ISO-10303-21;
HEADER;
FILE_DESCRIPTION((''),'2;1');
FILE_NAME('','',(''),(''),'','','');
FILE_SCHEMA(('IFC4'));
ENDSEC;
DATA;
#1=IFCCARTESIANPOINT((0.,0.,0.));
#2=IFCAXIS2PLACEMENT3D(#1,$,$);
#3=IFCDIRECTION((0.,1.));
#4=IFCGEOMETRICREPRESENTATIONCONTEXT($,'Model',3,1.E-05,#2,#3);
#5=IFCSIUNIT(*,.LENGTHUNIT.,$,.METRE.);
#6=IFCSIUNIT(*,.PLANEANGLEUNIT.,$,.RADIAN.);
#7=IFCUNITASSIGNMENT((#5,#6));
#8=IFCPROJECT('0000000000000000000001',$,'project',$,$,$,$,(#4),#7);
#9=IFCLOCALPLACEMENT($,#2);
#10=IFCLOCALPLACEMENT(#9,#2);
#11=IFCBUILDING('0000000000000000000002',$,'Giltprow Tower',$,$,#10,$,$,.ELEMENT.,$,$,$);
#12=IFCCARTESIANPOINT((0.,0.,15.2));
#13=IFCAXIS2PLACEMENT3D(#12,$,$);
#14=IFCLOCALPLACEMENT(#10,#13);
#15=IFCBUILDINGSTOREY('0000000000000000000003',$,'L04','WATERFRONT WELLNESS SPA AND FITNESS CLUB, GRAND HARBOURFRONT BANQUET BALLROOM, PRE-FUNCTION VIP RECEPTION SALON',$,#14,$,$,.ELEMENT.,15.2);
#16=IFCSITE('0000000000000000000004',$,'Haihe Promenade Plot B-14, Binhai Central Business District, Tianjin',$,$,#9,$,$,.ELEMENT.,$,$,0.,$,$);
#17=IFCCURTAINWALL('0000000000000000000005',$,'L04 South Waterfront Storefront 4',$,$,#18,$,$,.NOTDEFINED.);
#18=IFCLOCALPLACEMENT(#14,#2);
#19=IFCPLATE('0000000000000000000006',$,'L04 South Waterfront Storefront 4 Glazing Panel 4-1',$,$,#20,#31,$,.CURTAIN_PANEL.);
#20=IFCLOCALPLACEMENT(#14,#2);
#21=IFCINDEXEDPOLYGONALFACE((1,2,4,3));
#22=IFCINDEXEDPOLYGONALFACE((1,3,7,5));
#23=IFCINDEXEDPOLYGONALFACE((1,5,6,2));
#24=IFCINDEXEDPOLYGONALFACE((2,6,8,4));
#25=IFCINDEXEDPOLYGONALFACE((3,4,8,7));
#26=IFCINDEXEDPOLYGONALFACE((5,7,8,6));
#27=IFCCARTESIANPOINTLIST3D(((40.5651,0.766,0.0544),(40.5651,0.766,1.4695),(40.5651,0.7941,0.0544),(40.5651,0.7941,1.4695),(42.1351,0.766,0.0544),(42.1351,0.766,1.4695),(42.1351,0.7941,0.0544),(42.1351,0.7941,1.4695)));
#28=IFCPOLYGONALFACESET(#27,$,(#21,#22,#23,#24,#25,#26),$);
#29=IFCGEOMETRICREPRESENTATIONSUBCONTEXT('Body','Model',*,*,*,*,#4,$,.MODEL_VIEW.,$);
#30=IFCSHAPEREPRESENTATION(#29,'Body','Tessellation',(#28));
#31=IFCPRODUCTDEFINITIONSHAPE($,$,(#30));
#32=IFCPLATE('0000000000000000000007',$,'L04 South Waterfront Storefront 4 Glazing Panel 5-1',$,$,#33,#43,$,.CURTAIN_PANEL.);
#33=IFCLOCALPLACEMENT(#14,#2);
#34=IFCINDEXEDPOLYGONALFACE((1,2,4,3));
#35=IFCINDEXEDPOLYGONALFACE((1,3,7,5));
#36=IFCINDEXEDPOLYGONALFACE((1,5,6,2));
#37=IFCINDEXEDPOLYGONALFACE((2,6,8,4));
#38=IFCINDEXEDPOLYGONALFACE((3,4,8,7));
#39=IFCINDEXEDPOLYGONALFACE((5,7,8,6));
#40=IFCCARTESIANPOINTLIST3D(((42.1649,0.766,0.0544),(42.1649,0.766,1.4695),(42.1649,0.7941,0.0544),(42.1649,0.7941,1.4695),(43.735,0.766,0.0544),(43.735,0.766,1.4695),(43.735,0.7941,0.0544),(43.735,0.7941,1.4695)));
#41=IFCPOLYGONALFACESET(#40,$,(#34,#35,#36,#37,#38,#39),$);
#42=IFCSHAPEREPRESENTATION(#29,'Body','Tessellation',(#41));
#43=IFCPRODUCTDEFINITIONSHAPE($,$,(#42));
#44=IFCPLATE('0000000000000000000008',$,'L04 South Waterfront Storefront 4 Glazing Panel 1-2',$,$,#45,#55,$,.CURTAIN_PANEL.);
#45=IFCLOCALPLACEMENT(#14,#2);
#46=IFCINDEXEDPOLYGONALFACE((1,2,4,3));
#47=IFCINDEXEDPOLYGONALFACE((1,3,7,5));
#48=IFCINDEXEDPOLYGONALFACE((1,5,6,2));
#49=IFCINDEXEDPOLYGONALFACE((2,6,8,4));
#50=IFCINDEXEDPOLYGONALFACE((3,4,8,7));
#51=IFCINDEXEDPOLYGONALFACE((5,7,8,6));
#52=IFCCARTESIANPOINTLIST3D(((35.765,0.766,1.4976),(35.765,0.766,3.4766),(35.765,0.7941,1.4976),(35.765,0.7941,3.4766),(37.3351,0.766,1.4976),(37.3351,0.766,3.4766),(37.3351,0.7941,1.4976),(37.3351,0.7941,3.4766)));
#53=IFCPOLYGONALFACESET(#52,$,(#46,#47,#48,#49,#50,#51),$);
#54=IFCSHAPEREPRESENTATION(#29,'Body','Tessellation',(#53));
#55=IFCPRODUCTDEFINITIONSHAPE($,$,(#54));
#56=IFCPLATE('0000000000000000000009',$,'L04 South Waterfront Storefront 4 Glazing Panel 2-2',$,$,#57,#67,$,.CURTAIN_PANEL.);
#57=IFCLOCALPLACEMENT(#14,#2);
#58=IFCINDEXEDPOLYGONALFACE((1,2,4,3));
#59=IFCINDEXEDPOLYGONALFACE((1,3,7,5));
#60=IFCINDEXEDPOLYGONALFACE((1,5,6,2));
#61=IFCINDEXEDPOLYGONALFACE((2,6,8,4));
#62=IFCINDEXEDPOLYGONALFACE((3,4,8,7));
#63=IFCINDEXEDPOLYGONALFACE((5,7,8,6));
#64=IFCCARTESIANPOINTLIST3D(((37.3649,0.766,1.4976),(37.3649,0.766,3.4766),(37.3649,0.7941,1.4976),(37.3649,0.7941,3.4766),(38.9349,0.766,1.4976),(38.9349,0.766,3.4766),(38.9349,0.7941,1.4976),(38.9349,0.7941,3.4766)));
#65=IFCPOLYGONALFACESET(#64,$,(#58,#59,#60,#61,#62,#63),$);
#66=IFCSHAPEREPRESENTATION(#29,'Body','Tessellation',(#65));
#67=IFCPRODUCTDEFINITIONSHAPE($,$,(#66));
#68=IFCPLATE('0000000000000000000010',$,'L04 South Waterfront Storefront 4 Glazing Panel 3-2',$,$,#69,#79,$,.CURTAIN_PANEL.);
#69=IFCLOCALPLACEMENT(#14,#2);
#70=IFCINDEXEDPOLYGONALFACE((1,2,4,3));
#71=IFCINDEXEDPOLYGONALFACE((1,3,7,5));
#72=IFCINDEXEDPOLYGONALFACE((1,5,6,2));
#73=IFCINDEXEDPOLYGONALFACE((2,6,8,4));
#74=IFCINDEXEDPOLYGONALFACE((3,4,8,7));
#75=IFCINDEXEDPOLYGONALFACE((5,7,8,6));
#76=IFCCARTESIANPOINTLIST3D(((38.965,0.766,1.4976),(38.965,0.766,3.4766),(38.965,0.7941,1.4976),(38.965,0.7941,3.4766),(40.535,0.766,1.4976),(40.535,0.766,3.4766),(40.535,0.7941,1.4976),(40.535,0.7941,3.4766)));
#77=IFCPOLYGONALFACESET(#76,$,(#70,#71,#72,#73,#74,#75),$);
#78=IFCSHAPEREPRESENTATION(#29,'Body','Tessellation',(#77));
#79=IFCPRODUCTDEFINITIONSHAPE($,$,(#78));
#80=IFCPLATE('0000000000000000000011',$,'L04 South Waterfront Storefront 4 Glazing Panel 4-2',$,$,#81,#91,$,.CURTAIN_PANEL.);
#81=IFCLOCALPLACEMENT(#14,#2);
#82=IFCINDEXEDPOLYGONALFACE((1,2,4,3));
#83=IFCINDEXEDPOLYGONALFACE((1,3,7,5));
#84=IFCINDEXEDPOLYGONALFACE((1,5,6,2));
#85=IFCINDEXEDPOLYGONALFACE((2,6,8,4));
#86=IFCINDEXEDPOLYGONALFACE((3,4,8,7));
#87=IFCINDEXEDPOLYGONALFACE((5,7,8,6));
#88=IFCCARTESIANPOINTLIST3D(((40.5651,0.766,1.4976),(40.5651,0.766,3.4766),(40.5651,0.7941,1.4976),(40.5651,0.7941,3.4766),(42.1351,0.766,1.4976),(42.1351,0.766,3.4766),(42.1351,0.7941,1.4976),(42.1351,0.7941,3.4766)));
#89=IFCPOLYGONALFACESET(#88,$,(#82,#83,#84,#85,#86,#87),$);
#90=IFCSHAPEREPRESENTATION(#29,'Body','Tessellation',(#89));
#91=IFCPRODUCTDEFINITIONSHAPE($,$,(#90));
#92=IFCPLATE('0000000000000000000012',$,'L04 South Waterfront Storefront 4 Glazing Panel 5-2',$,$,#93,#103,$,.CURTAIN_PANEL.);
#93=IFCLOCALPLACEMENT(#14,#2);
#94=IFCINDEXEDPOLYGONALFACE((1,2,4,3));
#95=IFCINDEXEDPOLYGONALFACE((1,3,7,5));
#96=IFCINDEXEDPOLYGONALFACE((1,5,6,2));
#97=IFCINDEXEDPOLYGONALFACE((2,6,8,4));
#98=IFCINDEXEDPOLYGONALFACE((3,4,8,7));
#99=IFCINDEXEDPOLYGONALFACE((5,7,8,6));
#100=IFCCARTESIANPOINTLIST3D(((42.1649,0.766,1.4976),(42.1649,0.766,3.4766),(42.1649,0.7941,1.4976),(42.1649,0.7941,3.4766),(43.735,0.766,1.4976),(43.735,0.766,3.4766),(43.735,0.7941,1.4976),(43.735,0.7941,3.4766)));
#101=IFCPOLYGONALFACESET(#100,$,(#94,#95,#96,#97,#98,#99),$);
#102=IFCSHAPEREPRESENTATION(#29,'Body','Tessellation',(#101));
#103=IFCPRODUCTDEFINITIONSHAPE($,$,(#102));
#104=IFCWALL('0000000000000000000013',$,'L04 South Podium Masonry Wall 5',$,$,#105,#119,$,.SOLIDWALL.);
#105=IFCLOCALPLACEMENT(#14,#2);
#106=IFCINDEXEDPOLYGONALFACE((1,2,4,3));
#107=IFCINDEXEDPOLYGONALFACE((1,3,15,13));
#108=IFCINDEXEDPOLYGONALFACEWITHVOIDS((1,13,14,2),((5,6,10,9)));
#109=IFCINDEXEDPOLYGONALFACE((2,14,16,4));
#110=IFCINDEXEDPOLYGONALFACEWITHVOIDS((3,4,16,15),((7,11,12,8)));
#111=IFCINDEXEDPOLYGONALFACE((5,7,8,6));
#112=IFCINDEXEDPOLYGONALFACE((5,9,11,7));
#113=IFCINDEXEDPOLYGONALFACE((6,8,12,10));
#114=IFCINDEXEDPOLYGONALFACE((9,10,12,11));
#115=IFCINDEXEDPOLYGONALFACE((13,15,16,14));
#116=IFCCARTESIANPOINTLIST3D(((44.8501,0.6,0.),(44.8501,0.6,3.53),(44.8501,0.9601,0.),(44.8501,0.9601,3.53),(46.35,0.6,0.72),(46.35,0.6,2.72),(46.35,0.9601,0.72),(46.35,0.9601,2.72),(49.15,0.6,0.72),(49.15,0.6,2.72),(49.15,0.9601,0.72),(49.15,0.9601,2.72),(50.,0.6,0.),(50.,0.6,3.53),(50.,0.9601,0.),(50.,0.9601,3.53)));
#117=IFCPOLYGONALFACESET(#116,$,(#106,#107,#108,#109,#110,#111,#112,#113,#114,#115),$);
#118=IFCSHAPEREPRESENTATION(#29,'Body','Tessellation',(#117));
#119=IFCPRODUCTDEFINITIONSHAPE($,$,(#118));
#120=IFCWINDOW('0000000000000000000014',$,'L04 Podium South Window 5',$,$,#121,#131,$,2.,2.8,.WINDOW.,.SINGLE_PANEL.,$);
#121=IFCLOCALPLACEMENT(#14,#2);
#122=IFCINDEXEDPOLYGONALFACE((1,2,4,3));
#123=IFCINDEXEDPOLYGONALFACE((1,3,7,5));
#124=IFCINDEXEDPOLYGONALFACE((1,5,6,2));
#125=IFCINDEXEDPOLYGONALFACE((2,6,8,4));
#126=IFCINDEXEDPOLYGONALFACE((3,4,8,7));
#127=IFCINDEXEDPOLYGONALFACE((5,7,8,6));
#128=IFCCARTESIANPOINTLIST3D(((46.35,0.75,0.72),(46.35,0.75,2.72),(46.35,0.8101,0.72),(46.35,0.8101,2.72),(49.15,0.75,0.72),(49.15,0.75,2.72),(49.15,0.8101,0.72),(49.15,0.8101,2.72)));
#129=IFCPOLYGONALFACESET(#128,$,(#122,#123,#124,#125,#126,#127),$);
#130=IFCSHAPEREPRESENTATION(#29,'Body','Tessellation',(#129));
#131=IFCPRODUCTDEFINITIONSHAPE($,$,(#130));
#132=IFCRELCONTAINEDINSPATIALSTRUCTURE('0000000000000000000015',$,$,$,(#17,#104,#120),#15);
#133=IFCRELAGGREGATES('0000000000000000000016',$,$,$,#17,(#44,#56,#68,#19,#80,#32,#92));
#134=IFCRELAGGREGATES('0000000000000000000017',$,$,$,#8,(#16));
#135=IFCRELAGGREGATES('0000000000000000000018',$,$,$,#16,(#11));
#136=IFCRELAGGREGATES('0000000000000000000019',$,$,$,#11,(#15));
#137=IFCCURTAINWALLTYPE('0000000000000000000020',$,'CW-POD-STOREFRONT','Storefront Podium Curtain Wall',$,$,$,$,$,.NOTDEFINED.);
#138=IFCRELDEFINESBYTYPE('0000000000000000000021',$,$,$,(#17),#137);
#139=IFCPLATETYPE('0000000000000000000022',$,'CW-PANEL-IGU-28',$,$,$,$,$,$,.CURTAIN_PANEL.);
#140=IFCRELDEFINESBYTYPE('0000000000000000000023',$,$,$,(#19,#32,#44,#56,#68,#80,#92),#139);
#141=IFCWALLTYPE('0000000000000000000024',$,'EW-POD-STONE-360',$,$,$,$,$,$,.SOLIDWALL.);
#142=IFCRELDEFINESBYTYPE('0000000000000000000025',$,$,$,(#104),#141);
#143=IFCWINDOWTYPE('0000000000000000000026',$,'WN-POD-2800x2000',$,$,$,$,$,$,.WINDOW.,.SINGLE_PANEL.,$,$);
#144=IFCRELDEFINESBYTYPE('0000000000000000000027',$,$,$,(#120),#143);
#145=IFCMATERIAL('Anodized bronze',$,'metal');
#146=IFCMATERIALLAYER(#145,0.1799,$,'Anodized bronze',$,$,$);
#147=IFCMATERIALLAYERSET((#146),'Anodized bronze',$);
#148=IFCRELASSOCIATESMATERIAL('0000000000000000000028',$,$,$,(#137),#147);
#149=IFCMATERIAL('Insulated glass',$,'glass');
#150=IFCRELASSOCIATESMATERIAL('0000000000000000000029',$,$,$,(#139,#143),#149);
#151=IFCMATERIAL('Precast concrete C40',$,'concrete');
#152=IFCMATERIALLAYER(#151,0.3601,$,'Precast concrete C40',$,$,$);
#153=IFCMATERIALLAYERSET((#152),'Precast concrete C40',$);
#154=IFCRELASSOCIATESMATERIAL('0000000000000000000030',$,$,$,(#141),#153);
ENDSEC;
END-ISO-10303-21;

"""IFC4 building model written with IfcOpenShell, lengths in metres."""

from ifc_helpers import new_model, si_unit, direction, frame, frame_2d, origin, origin_2d, place, context, subcontext, project, spatial, rectangle, extrude, source, transform, mapped, material, layer, layer_set, type_object, element, fill, aggregate, save


model = new_model("IFC4")

# Units and contexts
model_context = context("Model", 3, precision=1e-05, world=origin(), true_north=direction((0.0, 1.0)))
body_context = subcontext(model_context, "Body", "Model", "MODEL_VIEW")
ifc_project = project(units=[si_unit("LENGTHUNIT", "METRE"), si_unit("PLANEANGLEUNIT", "RADIAN")], contexts=[model_context])

# Site, building, storey
site_placement = place(None, origin())
site = spatial("IfcSite", under=ifc_project, at=site_placement, Name="Haihe Promenade Plot B-14, Binhai Central Business District, Tianjin", CompositionType="ELEMENT", RefElevation=0.0)
building_placement = place(site_placement, origin())
building = spatial("IfcBuilding", under=site, at=building_placement, Name="Giltprow Tower", CompositionType="ELEMENT")
storey_placement = place(building_placement, frame((0.0, 0.0, 15.2)))
storey = spatial("IfcBuildingStorey", under=building, at=storey_placement, Name="L04", Description="WATERFRONT WELLNESS SPA AND FITNESS CLUB, GRAND HARBOURFRONT BANQUET BALLROOM, PRE-FUNCTION VIP RECEPTION SALON", CompositionType="ELEMENT", Elevation=15.2)

# Curtain wall
ifc_material_1 = material(Name="Anodized bronze", Category="metal")
ifc_layer_1 = layer(ifc_material_1, 0.1799, Name="Anodized bronze")
ifc_layer_set_1 = layer_set([ifc_layer_1], Name="Anodized bronze")
curtain_wall_type = type_object("IfcCurtainWallType", Name="CW-POD-STOREFRONT", Description="Storefront Podium Curtain Wall", PredefinedType="NOTDEFINED", material=ifc_layer_set_1)
curtain_wall_1_placement = place(storey_placement, origin())
curtain_wall_1 = element("IfcCurtainWall", 1, at=curtain_wall_1_placement, inside=storey, type_object=curtain_wall_type, Name="L04 South Waterfront Storefront 4", PredefinedType="NOTDEFINED")

# Plates
ifc_material_2 = material(Name="Insulated glass", Category="glass")
plate_type = type_object("IfcPlateType", Name="CW-PANEL-IGU-28", PredefinedType="CURTAIN_PANEL", material=ifc_material_2)
shared_shape_1 = source(origin(), body_context, "Body", "SweptSolid", [
    extrude(rectangle(XDim=1.5701, YDim=0.0281, at=origin_2d()), origin(), (0.0, 0.0, 1.0), 1.415),
])
plate_1_placement = place(storey_placement, frame((41.3501, 0.78, 0.0544), z_axis=(0.0, 0.0, 1.0), x_axis=(1.0, 0.0, 0.0)))
plate_1 = element("IfcPlate", 2, at=plate_1_placement, type_object=plate_type, Name="L04 South Waterfront Storefront 4 Glazing Panel 4-1", PredefinedType="CURTAIN_PANEL", context=body_context, shape_type="MappedRepresentation", body=[
    mapped(shared_shape_1, transform((0.0, 0.0, 0.0), x_axis=(1.0, 0.0, 0.0), y_axis=(0.0, 1.0, 0.0), z_axis=(0.0, 0.0, 1.0), scale=1.0)),
])
plate_2_placement = place(storey_placement, frame((42.95, 0.78, 0.0544), z_axis=(0.0, 0.0, 1.0), x_axis=(1.0, 0.0, 0.0)))
plate_2 = element("IfcPlate", 3, at=plate_2_placement, type_object=plate_type, Name="L04 South Waterfront Storefront 4 Glazing Panel 5-1", PredefinedType="CURTAIN_PANEL", context=body_context, shape_type="MappedRepresentation", body=[
    mapped(shared_shape_1, transform((0.0, 0.0, 0.0), x_axis=(1.0, 0.0, 0.0), y_axis=(0.0, 1.0, 0.0), z_axis=(0.0, 0.0, 1.0), scale=1.0)),
])
shared_shape_2 = source(origin(), body_context, "Body", "SweptSolid", [
    extrude(rectangle(XDim=1.5701, YDim=0.0281, at=origin_2d()), origin(), (0.0, 0.0, 1.0), 1.979),
])
plate_3_placement = place(storey_placement, frame((36.55, 0.78, 1.4976), z_axis=(0.0, 0.0, 1.0), x_axis=(1.0, 0.0, 0.0)))
plate_3 = element("IfcPlate", 4, at=plate_3_placement, type_object=plate_type, Name="L04 South Waterfront Storefront 4 Glazing Panel 1-2", PredefinedType="CURTAIN_PANEL", context=body_context, shape_type="MappedRepresentation", body=[
    mapped(shared_shape_2, transform((0.0, 0.0, 0.0), x_axis=(1.0, 0.0, 0.0), y_axis=(0.0, 1.0, 0.0), z_axis=(0.0, 0.0, 1.0), scale=1.0)),
])
plate_4_placement = place(storey_placement, frame((38.1499, 0.78, 1.4976), z_axis=(0.0, 0.0, 1.0), x_axis=(1.0, 0.0, 0.0)))
plate_4 = element("IfcPlate", 5, at=plate_4_placement, type_object=plate_type, Name="L04 South Waterfront Storefront 4 Glazing Panel 2-2", PredefinedType="CURTAIN_PANEL", context=body_context, shape_type="MappedRepresentation", body=[
    mapped(shared_shape_2, transform((0.0, 0.0, 0.0), x_axis=(1.0, 0.0, 0.0), y_axis=(0.0, 1.0, 0.0), z_axis=(0.0, 0.0, 1.0), scale=1.0)),
])
plate_5_placement = place(storey_placement, frame((39.75, 0.78, 1.4976), z_axis=(0.0, 0.0, 1.0), x_axis=(1.0, 0.0, 0.0)))
plate_5 = element("IfcPlate", 6, at=plate_5_placement, type_object=plate_type, Name="L04 South Waterfront Storefront 4 Glazing Panel 3-2", PredefinedType="CURTAIN_PANEL", context=body_context, shape_type="MappedRepresentation", body=[
    mapped(shared_shape_2, transform((0.0, 0.0, 0.0), x_axis=(1.0, 0.0, 0.0), y_axis=(0.0, 1.0, 0.0), z_axis=(0.0, 0.0, 1.0), scale=1.0)),
])
plate_6_placement = place(storey_placement, frame((41.3501, 0.78, 1.4976), z_axis=(0.0, 0.0, 1.0), x_axis=(1.0, 0.0, 0.0)))
plate_6 = element("IfcPlate", 7, at=plate_6_placement, type_object=plate_type, Name="L04 South Waterfront Storefront 4 Glazing Panel 4-2", PredefinedType="CURTAIN_PANEL", context=body_context, shape_type="MappedRepresentation", body=[
    mapped(shared_shape_2, transform((0.0, 0.0, 0.0), x_axis=(1.0, 0.0, 0.0), y_axis=(0.0, 1.0, 0.0), z_axis=(0.0, 0.0, 1.0), scale=1.0)),
])
plate_7_placement = place(storey_placement, frame((42.95, 0.78, 1.4976), z_axis=(0.0, 0.0, 1.0), x_axis=(1.0, 0.0, 0.0)))
plate_7 = element("IfcPlate", 8, at=plate_7_placement, type_object=plate_type, Name="L04 South Waterfront Storefront 4 Glazing Panel 5-2", PredefinedType="CURTAIN_PANEL", context=body_context, shape_type="MappedRepresentation", body=[
    mapped(shared_shape_2, transform((0.0, 0.0, 0.0), x_axis=(1.0, 0.0, 0.0), y_axis=(0.0, 1.0, 0.0), z_axis=(0.0, 0.0, 1.0), scale=1.0)),
])
aggregate(curtain_wall_1, [plate_3, plate_4, plate_5, plate_1, plate_6, plate_2, plate_7])

# Wall, opening, window
ifc_material_3 = material(Name="Precast concrete C40", Category="concrete")
ifc_layer_2 = layer(ifc_material_3, 0.3601, Name="Precast concrete C40")
ifc_layer_set_2 = layer_set([ifc_layer_2], Name="Precast concrete C40")
wall_type_1 = type_object("IfcWallType", Name="EW-POD-STONE-360", PredefinedType="SOLIDWALL", material=ifc_layer_set_2)
wall_1_placement = place(storey_placement, frame((44.8501, 0.78, 0.0), z_axis=(0.0, 0.0, 1.0), x_axis=(1.0, 0.0, 0.0)))
wall_1 = element("IfcWall", 9, at=wall_1_placement, inside=storey, type_object=wall_type_1, Name="L04 South Podium Masonry Wall 5", PredefinedType="SOLIDWALL", context=body_context, shape_type="SweptSolid", body=[
    extrude(rectangle(XDim=5.1499, YDim=0.3601, at=frame_2d((2.575, 0.0))), origin(), (0.0, 0.0, 1.0), 3.53),
])
opening_1_placement = place(wall_1_placement, frame((1.5, 0.0, 0.72)))
opening_1 = element("IfcOpeningElement", 10, at=opening_1_placement, cuts=wall_1, PredefinedType="OPENING", context=body_context, shape_type="SweptSolid", body=[
    extrude(rectangle(XDim=2.8, YDim=2.0, at=frame_2d((1.3999, 1.0))), frame((0.0, 0.1899, 0.0), z_axis=(0.0, -1.0, 0.0), x_axis=(1.0, 0.0, 0.0)), (0.0, 0.0, 1.0), 0.3801),
])
window_type = type_object("IfcWindowType", Name="WN-POD-2800x2000", PartitioningType="SINGLE_PANEL", PredefinedType="WINDOW", material=ifc_material_2)
shared_shape_3 = source(origin(), body_context, "Body", "SweptSolid", [
    extrude(rectangle(XDim=2.8, YDim=2.0, at=frame_2d((1.3999, 1.0))), frame((0.0, 0.03, 0.0), z_axis=(0.0, -1.0, 0.0), x_axis=(1.0, 0.0, 0.0)), (0.0, 0.0, 1.0), 0.0601),
])
window_placement = place(opening_1_placement, origin())
window = element("IfcWindow", 11, at=window_placement, inside=storey, type_object=window_type, Name="L04 Podium South Window 5", OverallHeight=2.0, OverallWidth=2.8, PartitioningType="SINGLE_PANEL", PredefinedType="WINDOW", context=body_context, shape_type="MappedRepresentation", body=[
    mapped(shared_shape_3, transform((0.0, 0.0, 0.0), x_axis=(1.0, 0.0, 0.0), y_axis=(0.0, 1.0, 0.0), z_axis=(0.0, 0.0, 1.0), scale=1.0)),
])
fill(opening_1, window)

save(model, "model.ifc")
